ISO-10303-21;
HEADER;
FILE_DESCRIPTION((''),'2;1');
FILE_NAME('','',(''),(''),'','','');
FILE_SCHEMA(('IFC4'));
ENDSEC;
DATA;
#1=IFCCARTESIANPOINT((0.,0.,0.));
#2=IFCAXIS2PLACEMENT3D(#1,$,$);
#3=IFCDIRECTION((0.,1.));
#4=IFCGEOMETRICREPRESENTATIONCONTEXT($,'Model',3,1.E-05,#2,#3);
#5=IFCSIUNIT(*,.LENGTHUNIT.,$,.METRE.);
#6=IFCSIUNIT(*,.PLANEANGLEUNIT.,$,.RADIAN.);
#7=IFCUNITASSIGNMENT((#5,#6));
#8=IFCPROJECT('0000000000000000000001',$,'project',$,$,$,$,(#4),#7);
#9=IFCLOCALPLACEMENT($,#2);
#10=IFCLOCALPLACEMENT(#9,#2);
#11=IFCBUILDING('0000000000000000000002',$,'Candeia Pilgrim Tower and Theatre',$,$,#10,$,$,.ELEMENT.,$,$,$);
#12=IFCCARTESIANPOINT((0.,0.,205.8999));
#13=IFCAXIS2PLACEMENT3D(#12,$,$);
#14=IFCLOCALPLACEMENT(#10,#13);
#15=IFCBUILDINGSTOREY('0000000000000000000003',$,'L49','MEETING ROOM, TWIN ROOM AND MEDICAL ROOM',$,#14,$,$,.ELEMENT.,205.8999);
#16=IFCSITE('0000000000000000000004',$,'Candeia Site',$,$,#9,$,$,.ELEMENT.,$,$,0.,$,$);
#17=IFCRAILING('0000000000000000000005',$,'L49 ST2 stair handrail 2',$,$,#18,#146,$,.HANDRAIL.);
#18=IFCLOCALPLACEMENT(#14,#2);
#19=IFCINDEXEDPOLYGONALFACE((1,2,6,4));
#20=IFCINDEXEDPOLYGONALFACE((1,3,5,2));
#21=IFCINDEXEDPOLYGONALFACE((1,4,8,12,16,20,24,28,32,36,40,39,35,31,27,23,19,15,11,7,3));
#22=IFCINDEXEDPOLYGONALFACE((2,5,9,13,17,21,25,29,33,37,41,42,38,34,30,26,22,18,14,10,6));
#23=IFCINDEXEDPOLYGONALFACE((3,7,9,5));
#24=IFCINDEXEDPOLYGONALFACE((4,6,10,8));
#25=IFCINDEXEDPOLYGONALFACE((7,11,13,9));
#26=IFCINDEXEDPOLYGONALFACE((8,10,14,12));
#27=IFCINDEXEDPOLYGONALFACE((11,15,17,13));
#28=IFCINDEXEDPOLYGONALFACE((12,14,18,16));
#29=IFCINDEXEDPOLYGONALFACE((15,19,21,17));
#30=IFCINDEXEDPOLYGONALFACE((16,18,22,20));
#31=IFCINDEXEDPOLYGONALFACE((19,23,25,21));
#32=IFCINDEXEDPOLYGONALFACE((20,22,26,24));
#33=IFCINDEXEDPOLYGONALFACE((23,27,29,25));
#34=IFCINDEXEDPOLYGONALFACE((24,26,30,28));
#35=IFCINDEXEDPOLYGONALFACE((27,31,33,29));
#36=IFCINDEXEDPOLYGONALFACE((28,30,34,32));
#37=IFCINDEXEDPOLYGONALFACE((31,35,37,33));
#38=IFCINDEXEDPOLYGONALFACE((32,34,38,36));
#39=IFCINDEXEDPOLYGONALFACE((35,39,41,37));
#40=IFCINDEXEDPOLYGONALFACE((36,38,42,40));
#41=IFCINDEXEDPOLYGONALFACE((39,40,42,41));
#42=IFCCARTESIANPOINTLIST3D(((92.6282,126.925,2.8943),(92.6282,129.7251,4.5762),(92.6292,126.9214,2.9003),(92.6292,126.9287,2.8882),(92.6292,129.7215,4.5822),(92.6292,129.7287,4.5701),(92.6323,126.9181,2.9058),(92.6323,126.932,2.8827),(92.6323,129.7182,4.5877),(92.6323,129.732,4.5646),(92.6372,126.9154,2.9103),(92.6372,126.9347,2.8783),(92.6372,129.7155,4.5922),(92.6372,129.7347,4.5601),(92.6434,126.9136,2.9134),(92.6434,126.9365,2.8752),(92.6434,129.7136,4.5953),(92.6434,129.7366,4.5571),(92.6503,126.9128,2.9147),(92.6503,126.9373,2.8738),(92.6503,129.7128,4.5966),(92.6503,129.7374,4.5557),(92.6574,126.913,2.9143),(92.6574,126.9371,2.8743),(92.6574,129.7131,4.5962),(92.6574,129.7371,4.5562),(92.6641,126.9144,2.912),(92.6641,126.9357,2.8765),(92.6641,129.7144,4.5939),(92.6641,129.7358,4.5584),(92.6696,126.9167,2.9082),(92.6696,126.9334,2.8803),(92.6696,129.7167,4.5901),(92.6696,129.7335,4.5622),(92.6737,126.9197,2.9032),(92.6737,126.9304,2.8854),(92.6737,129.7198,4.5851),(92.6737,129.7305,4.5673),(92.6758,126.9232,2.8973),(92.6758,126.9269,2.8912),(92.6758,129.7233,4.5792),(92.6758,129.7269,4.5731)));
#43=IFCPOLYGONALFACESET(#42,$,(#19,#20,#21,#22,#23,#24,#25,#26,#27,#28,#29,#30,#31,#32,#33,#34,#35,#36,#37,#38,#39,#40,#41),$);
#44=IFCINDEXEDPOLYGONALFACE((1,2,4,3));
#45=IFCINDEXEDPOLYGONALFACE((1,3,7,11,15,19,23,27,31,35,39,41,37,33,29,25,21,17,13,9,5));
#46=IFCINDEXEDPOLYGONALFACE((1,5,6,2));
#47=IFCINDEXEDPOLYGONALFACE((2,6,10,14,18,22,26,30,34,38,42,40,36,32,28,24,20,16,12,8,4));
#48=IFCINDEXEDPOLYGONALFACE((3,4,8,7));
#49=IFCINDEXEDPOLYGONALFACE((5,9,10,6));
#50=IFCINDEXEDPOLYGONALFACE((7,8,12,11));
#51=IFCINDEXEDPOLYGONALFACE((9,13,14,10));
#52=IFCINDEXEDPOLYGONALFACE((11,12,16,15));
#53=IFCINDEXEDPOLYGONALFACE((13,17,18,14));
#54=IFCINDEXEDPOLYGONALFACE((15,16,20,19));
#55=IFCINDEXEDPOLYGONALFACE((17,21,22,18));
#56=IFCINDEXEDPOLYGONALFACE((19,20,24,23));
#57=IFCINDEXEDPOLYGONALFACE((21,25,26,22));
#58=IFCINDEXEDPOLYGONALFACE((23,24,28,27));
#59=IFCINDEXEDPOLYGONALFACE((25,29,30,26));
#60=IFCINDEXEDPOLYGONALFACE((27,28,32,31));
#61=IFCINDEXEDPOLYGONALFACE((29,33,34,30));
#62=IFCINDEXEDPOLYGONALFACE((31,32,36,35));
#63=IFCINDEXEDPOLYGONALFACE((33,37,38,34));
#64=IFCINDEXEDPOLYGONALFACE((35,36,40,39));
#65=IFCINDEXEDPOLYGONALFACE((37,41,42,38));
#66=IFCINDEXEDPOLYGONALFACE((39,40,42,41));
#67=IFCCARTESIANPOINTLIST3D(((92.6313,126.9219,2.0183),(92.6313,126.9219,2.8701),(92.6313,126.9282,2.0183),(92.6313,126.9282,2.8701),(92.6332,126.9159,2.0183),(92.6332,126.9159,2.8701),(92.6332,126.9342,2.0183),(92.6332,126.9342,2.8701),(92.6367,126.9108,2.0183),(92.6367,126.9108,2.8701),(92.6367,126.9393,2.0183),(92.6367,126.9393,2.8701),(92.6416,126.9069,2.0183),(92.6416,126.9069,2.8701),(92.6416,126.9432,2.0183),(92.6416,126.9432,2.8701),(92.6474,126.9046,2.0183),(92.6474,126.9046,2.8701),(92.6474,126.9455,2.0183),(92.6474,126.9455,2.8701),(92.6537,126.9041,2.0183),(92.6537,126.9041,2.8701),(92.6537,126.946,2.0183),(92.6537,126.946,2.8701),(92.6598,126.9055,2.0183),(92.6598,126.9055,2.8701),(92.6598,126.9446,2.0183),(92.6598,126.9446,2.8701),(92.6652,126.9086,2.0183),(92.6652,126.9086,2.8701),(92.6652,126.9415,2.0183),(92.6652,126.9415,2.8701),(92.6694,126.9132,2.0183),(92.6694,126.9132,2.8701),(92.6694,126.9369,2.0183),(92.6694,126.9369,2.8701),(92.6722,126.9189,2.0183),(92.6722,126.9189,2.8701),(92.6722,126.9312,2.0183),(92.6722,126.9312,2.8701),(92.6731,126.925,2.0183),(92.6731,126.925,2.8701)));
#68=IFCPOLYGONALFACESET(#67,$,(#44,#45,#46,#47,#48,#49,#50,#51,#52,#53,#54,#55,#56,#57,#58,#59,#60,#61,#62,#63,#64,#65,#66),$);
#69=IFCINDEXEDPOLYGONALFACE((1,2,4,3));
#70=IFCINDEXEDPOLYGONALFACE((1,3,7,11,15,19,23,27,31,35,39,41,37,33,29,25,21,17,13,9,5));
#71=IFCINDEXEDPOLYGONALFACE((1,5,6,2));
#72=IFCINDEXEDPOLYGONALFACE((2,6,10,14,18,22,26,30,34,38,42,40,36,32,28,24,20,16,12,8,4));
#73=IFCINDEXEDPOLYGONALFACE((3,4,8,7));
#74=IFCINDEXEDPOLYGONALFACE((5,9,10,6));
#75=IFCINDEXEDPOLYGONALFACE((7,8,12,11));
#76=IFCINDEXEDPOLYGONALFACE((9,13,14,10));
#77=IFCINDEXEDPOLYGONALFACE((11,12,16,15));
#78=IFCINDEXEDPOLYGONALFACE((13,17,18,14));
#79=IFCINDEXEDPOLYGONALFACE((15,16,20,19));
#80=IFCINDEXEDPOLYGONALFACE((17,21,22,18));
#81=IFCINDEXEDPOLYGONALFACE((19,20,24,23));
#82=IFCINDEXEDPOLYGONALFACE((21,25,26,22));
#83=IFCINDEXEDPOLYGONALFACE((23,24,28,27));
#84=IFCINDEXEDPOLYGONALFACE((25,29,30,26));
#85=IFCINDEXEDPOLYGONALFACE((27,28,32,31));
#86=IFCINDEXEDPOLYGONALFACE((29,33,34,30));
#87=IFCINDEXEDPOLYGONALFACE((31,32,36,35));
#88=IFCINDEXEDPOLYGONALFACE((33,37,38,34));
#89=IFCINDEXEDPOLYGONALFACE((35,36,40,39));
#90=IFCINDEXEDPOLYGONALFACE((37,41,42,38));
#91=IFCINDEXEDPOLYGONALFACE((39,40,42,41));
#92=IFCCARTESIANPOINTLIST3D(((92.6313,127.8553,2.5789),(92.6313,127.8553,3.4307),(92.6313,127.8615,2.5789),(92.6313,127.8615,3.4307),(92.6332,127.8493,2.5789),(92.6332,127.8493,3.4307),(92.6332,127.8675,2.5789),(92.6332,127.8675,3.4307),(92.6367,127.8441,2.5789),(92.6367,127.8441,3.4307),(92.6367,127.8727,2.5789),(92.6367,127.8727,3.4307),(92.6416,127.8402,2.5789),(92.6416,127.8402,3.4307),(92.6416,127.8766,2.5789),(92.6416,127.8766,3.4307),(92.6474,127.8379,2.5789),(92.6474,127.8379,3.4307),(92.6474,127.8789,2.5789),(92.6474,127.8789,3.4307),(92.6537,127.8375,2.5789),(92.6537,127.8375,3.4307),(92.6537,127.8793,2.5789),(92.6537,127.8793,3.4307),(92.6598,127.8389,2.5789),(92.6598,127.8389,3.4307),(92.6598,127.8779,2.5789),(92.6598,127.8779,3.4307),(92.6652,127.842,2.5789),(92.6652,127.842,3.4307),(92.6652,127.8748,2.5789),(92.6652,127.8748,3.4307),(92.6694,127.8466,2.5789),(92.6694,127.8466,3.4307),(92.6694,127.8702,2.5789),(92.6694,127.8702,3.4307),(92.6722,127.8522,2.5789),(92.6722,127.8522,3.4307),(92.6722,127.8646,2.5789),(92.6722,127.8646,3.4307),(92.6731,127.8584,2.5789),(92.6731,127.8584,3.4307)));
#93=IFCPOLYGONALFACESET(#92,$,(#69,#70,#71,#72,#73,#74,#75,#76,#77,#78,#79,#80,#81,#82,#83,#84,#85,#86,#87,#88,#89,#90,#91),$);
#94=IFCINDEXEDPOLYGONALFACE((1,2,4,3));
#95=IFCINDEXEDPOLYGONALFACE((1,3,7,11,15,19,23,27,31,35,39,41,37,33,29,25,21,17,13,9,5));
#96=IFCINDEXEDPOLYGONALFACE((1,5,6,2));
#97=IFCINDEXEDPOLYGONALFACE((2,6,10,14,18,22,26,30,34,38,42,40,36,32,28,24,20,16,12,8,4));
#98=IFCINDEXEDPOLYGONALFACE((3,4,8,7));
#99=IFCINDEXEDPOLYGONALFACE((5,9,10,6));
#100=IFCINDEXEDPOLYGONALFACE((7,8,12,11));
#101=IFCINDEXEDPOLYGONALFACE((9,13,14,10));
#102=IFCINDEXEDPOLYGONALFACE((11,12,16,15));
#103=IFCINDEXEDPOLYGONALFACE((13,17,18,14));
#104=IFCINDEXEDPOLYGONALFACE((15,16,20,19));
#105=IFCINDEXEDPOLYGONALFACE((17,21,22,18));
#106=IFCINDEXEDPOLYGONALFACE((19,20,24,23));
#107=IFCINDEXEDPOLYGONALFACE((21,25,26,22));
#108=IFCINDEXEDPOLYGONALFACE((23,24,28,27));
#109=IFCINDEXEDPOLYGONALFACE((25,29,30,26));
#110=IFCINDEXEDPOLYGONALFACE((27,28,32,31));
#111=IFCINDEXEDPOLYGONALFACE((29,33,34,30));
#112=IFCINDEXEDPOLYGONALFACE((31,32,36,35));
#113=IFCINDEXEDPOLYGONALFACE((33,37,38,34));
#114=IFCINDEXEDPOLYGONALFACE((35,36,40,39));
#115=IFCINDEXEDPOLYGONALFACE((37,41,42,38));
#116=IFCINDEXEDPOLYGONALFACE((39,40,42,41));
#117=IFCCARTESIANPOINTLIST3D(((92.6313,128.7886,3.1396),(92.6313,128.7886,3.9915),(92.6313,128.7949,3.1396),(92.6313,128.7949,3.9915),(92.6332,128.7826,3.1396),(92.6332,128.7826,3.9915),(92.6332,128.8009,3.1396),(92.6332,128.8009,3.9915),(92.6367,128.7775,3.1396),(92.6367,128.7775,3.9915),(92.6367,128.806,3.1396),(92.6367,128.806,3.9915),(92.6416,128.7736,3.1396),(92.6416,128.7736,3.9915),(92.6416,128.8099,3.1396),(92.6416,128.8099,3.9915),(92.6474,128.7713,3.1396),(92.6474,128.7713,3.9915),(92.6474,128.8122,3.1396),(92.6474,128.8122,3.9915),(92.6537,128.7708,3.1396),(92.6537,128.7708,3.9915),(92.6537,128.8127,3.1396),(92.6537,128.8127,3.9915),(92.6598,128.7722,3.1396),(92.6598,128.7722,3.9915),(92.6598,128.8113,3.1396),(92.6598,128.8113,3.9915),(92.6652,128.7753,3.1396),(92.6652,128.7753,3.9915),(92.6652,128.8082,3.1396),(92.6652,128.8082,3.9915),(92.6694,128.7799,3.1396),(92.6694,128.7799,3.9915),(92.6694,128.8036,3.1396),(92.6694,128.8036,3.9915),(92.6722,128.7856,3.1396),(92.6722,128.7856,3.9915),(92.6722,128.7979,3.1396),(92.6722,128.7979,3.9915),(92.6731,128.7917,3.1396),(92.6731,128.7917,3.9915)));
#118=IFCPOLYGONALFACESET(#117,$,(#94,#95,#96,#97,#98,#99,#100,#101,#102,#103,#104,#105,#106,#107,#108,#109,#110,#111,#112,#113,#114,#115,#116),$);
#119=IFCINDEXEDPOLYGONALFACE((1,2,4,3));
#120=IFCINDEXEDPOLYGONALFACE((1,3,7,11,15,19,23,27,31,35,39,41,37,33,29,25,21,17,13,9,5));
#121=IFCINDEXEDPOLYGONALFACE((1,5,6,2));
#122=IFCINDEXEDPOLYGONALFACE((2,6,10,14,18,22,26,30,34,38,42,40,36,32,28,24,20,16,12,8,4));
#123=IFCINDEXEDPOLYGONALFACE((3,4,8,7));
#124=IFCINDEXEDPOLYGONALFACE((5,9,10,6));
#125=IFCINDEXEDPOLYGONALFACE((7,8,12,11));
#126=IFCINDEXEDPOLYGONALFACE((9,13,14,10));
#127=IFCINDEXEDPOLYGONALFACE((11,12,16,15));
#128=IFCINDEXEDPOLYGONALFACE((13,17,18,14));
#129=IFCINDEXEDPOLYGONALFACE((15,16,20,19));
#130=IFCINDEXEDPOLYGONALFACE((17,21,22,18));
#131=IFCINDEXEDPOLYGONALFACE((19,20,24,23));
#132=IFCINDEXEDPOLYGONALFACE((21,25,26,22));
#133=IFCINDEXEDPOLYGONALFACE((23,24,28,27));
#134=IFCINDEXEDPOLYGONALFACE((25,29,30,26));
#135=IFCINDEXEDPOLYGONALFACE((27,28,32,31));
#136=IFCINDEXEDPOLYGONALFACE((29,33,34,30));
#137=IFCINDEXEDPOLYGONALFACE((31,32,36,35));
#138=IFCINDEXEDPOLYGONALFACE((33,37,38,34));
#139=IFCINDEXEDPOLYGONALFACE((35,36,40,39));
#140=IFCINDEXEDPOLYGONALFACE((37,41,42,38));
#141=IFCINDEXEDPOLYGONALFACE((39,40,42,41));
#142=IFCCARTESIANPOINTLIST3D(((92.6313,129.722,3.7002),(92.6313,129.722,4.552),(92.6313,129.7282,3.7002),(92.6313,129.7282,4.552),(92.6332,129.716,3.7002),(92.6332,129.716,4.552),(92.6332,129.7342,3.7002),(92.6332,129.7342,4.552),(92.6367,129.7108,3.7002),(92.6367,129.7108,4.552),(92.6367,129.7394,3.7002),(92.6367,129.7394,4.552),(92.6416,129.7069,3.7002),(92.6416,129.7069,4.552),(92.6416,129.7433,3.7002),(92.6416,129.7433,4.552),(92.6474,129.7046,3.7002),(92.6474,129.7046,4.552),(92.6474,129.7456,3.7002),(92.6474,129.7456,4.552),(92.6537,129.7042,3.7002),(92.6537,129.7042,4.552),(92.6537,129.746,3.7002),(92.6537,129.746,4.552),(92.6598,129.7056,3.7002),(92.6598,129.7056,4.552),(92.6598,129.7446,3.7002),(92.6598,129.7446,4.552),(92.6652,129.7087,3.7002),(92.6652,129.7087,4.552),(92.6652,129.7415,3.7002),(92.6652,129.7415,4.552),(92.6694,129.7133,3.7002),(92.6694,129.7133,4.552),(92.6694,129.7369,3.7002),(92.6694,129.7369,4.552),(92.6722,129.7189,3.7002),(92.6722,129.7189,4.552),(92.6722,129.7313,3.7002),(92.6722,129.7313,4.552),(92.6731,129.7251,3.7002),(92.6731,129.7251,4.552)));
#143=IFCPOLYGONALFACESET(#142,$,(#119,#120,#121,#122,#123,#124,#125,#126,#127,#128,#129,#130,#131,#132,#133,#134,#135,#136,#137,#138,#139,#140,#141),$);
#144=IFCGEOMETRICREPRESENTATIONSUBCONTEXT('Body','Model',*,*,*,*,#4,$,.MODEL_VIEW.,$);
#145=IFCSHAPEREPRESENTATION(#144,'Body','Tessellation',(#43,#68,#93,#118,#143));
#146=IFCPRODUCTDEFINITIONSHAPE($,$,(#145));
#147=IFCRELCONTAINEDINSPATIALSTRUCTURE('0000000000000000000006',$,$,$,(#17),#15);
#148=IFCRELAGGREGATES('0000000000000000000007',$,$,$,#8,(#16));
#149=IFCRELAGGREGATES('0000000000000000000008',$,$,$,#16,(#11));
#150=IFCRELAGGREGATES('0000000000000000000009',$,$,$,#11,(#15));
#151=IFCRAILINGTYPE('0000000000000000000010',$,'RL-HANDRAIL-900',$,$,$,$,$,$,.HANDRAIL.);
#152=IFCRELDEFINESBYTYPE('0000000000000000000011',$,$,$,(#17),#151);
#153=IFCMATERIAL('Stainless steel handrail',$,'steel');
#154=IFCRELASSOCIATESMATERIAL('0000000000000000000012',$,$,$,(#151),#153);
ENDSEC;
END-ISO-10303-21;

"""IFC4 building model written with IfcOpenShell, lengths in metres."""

from ifc_helpers import new_model, si_unit, direction, frame, origin, origin_2d, place, context, subcontext, project, spatial, circle, extrude, material, type_object, element, save


model = new_model("IFC4")

# Units and contexts
model_context = context("Model", 3, precision=1e-05, world=origin(), true_north=direction((0.0, 1.0)))
body_context = subcontext(model_context, "Body", "Model", "MODEL_VIEW")
ifc_project = project(units=[si_unit("LENGTHUNIT", "METRE"), si_unit("PLANEANGLEUNIT", "RADIAN")], contexts=[model_context])

# Site, building, storey
site_placement = place(None, origin())
site = spatial("IfcSite", under=ifc_project, at=site_placement, Name="Candeia Site", CompositionType="ELEMENT", RefElevation=0.0)
building_placement = place(site_placement, origin())
building = spatial("IfcBuilding", under=site, at=building_placement, Name="Candeia Pilgrim Tower and Theatre", CompositionType="ELEMENT")
storey_placement = place(building_placement, frame((0.0, 0.0, 205.8999)))
storey = spatial("IfcBuildingStorey", under=building, at=storey_placement, Name="L49", Description="MEETING ROOM, TWIN ROOM AND MEDICAL ROOM", CompositionType="ELEMENT", Elevation=205.8999)

# Railing
ifc_material_1 = material(Name="Stainless steel handrail", Category="steel")
railing_type = type_object("IfcRailingType", Name="RL-HANDRAIL-900", PredefinedType="HANDRAIL", material=ifc_material_1)
for number, where, name in (
    (1, (92.6521, 126.925, 2.0183), "L49 ST2 stair handrail 2"),
):
    element("IfcRailing", number, at=place(storey_placement, frame(where)), inside=storey, type_object=railing_type, Name=name, PredefinedType="HANDRAIL", context=body_context, shape_type="SweptSolid", body=[
        extrude(circle(Radius=0.0239, at=origin_2d()), frame((0.0, 0.0, 0.876), z_axis=(0.0, 0.857242, 0.514913), x_axis=(-1.0, 0.0, 0.0)), (0.0, 0.0, 1.0), 3.2664),
        extrude(circle(Radius=0.021, at=origin_2d()), origin(), (0.0, 0.0, 1.0), 0.8518),
        extrude(circle(Radius=0.021, at=origin_2d()), frame((0.0, 0.9333, 0.5605)), (0.0, 0.0, 1.0), 0.8518),
        extrude(circle(Radius=0.021, at=origin_2d()), frame((0.0, 1.8667, 1.1213)), (0.0, 0.0, 1.0), 0.8518),
        extrude(circle(Radius=0.021, at=origin_2d()), frame((0.0, 2.8, 1.6819)), (0.0, 0.0, 1.0), 0.8518),
    ])

save(model, "model.ifc")
